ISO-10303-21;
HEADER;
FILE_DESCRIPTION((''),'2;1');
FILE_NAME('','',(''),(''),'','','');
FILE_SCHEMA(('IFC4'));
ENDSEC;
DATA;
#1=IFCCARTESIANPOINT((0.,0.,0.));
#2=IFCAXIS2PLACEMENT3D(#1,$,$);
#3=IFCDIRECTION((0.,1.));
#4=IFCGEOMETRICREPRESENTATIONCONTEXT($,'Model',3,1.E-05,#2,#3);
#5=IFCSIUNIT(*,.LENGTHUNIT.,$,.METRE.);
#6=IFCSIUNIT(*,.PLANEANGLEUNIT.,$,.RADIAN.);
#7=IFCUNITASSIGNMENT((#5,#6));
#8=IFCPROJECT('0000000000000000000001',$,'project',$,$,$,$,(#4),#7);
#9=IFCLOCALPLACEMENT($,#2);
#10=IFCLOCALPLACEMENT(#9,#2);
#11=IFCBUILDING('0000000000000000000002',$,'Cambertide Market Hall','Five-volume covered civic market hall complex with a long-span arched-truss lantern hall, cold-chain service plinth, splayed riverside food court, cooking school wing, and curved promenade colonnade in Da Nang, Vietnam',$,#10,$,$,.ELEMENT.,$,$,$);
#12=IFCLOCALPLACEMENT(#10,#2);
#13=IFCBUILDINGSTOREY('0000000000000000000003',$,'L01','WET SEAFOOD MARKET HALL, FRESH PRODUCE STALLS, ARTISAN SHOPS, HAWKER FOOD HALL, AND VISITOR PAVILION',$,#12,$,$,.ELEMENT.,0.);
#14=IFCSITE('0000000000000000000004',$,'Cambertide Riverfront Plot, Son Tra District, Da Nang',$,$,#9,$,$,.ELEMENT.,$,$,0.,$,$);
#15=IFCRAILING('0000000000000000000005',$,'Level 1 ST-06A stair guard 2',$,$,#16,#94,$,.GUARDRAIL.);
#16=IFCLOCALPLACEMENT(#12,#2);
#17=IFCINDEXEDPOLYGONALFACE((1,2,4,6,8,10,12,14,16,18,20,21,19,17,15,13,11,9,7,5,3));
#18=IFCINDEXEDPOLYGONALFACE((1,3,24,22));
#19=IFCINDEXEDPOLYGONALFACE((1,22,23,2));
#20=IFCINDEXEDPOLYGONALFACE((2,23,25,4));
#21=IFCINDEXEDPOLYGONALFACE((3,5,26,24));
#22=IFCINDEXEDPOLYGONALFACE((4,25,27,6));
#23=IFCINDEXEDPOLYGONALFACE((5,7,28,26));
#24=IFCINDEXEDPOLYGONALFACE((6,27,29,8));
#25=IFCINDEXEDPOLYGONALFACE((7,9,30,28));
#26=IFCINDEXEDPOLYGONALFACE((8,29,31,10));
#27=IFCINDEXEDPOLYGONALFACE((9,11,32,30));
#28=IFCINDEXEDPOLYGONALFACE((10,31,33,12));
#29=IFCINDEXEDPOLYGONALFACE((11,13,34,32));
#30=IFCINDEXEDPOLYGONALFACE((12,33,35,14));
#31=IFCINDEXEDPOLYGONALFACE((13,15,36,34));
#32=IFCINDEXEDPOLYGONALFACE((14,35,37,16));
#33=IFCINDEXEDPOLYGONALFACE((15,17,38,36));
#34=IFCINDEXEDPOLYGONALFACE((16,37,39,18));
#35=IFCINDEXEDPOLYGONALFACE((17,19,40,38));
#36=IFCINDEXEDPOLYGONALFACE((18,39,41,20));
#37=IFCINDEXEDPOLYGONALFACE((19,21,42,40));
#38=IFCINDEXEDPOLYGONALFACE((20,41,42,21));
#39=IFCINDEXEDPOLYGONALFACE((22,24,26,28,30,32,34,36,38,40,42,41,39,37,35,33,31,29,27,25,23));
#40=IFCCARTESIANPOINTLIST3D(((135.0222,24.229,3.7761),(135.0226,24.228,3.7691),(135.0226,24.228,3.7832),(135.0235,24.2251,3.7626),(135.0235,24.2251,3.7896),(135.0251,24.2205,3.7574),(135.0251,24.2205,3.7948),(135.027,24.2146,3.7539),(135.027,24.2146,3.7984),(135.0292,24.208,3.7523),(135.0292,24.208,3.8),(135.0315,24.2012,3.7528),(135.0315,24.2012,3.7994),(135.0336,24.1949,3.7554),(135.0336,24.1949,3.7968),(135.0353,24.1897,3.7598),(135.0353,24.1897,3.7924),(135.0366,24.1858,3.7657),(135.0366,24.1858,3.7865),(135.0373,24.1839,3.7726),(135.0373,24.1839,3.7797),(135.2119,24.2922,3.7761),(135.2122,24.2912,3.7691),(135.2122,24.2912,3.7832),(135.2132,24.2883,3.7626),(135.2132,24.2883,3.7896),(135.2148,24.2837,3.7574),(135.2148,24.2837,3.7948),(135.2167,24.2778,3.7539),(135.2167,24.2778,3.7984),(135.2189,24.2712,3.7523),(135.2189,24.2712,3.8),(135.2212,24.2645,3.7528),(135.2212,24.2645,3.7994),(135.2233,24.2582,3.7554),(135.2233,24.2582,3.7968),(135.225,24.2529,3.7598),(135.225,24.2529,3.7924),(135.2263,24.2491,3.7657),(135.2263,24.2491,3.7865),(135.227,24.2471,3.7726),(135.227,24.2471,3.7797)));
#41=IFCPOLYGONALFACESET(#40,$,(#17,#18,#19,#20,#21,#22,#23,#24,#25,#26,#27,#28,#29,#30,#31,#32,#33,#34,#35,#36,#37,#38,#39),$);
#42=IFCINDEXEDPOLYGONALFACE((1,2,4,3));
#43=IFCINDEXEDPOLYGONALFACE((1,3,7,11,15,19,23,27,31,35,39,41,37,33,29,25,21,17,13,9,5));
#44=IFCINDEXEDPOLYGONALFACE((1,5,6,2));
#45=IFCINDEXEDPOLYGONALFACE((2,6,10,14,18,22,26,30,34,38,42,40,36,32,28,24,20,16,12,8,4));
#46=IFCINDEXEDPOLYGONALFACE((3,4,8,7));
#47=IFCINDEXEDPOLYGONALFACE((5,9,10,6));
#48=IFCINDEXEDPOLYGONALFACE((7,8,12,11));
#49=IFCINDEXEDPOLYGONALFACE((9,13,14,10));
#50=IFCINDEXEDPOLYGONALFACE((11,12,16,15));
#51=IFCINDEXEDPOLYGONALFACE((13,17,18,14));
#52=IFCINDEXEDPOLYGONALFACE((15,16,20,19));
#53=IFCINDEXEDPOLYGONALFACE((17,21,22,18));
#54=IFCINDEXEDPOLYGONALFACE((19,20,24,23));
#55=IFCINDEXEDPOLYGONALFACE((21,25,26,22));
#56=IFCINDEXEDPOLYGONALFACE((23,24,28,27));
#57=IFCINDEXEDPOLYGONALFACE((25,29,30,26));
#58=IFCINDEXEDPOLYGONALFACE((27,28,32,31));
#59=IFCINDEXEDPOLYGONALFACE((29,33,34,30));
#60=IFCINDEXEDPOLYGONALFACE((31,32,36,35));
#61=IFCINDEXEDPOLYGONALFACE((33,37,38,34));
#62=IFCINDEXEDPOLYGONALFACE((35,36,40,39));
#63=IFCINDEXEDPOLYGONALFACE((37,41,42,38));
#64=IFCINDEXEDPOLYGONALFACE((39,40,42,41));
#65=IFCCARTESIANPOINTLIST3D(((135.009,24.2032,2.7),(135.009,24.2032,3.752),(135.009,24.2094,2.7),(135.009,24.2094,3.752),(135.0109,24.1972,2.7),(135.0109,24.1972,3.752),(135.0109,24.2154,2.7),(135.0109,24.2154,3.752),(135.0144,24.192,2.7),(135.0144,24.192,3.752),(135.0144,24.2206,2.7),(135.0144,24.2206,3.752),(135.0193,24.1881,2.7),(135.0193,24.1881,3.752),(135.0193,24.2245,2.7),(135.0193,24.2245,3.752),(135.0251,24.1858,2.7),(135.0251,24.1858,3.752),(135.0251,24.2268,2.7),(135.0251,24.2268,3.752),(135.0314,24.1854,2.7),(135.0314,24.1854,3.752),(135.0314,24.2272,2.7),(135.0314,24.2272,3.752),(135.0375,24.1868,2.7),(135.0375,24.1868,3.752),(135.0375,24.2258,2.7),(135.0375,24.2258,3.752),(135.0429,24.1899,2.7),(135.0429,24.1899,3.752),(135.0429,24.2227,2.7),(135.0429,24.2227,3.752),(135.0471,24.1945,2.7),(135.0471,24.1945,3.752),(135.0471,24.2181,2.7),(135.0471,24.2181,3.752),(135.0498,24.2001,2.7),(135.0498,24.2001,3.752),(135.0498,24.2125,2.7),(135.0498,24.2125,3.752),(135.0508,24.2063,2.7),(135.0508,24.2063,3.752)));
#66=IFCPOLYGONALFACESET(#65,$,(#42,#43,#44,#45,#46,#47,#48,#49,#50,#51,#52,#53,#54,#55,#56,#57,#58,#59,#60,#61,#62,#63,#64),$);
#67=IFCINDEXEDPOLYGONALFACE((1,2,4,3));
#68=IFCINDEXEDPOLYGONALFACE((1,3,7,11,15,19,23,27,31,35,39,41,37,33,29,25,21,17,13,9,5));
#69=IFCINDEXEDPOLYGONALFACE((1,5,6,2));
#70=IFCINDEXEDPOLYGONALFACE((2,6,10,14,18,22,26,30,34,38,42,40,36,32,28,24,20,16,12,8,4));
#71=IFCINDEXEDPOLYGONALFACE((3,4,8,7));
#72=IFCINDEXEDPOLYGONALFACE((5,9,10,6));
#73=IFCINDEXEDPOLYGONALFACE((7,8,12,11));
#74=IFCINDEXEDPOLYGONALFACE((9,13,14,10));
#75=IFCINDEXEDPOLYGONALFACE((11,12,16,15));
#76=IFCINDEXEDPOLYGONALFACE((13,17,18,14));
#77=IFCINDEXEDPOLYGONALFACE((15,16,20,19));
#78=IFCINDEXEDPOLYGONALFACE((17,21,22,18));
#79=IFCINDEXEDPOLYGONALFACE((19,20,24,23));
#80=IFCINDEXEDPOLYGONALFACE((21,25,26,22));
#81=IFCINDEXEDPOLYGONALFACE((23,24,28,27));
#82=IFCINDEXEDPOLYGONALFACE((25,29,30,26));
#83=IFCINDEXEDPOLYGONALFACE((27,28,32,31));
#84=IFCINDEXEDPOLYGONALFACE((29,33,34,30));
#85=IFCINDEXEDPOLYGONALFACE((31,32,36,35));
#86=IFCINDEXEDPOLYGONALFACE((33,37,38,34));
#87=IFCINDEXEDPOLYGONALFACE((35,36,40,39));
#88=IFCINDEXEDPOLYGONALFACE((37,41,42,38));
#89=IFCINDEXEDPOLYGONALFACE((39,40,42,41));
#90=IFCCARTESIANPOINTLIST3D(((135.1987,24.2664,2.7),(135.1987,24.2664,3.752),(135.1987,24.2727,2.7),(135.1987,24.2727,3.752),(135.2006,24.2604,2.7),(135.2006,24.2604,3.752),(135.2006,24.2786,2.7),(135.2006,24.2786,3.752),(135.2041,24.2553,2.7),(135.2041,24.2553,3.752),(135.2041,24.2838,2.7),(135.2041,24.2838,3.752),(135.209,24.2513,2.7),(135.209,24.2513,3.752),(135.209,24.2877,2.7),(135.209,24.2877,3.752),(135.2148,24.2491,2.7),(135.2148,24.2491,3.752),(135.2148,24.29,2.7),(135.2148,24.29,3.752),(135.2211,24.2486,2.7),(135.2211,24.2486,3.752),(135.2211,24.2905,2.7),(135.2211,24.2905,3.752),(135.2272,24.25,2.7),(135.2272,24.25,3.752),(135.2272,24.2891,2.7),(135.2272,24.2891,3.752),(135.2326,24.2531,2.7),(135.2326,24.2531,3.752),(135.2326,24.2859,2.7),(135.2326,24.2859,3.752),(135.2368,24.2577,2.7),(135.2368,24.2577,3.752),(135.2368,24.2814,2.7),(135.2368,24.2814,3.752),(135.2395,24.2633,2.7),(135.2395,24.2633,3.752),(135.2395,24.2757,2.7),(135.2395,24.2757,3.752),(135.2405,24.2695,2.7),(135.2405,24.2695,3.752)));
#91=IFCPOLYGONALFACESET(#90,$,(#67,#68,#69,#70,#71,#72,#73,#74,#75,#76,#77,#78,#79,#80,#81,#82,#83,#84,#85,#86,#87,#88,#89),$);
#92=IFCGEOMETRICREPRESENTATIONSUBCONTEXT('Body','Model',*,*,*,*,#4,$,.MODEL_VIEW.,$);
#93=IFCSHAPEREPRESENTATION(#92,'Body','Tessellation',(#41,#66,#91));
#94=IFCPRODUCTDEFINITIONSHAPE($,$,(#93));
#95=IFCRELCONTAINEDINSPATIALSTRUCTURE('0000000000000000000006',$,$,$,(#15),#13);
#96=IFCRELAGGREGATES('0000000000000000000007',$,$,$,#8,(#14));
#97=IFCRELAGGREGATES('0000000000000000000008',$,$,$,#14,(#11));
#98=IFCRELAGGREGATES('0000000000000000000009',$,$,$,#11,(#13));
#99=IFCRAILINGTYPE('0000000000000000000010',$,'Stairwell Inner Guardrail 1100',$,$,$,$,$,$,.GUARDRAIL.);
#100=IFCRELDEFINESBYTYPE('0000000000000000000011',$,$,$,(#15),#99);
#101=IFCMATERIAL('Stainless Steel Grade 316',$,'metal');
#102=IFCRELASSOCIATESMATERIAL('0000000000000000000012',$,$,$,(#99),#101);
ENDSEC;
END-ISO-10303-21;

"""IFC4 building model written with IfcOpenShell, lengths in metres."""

from ifc_helpers import new_model, si_unit, direction, frame, origin, origin_2d, place, context, subcontext, project, spatial, circle, extrude, material, type_object, element, save


model = new_model("IFC4")

# Units and contexts
model_context = context("Model", 3, precision=1e-05, world=origin(), true_north=direction((0.0, 1.0)))
body_context = subcontext(model_context, "Body", "Model", "MODEL_VIEW")
ifc_project = project(units=[si_unit("LENGTHUNIT", "METRE"), si_unit("PLANEANGLEUNIT", "RADIAN")], contexts=[model_context])

# Site, building, storey
site_placement = place(None, origin())
site = spatial("IfcSite", under=ifc_project, at=site_placement, Name="Cambertide Riverfront Plot, Son Tra District, Da Nang", CompositionType="ELEMENT", RefElevation=0.0)
building_placement = place(site_placement, origin())
building = spatial("IfcBuilding", under=site, at=building_placement, Name="Cambertide Market Hall", Description="Five-volume covered civic market hall complex with a long-span arched-truss lantern hall, cold-chain service plinth, splayed riverside food court, cooking school wing, and curved promenade colonnade in Da Nang, Vietnam", CompositionType="ELEMENT")
storey_placement = place(building_placement, origin())
storey = spatial("IfcBuildingStorey", under=building, at=storey_placement, Name="L01", Description="WET SEAFOOD MARKET HALL, FRESH PRODUCE STALLS, ARTISAN SHOPS, HAWKER FOOD HALL, AND VISITOR PAVILION", CompositionType="ELEMENT", Elevation=0.0)

# Railing
ifc_material_1 = material(Name="Stainless Steel Grade 316", Category="metal")
railing_type_1 = type_object("IfcRailingType", Name="Stairwell Inner Guardrail 1100", PredefinedType="GUARDRAIL", material=ifc_material_1)
railing_1_placement = place(storey_placement, frame((135.0298, 24.2063, 2.7)))
element("IfcRailing", 1, at=railing_1_placement, inside=storey, type_object=railing_type_1, Name="Level 1 ST-06A stair guard 2", PredefinedType="GUARDRAIL", context=body_context, shape_type="SweptSolid", body=[
    extrude(circle(Radius=0.0239, at=origin_2d()), frame((0.0, 0.0, 1.0762), z_axis=(0.948683, 0.316228, 0.0), x_axis=(-0.316228, 0.948683, 0.0)), (0.0, 0.0, 1.0), 0.2),
    extrude(circle(Radius=0.021, at=origin_2d()), origin(), (0.0, 0.0, 1.0), 1.052),
    extrude(circle(Radius=0.021, at=origin_2d()), frame((0.1897, 0.0632, 0.0)), (0.0, 0.0, 1.0), 1.052),
])

save(model, "model.ifc")
